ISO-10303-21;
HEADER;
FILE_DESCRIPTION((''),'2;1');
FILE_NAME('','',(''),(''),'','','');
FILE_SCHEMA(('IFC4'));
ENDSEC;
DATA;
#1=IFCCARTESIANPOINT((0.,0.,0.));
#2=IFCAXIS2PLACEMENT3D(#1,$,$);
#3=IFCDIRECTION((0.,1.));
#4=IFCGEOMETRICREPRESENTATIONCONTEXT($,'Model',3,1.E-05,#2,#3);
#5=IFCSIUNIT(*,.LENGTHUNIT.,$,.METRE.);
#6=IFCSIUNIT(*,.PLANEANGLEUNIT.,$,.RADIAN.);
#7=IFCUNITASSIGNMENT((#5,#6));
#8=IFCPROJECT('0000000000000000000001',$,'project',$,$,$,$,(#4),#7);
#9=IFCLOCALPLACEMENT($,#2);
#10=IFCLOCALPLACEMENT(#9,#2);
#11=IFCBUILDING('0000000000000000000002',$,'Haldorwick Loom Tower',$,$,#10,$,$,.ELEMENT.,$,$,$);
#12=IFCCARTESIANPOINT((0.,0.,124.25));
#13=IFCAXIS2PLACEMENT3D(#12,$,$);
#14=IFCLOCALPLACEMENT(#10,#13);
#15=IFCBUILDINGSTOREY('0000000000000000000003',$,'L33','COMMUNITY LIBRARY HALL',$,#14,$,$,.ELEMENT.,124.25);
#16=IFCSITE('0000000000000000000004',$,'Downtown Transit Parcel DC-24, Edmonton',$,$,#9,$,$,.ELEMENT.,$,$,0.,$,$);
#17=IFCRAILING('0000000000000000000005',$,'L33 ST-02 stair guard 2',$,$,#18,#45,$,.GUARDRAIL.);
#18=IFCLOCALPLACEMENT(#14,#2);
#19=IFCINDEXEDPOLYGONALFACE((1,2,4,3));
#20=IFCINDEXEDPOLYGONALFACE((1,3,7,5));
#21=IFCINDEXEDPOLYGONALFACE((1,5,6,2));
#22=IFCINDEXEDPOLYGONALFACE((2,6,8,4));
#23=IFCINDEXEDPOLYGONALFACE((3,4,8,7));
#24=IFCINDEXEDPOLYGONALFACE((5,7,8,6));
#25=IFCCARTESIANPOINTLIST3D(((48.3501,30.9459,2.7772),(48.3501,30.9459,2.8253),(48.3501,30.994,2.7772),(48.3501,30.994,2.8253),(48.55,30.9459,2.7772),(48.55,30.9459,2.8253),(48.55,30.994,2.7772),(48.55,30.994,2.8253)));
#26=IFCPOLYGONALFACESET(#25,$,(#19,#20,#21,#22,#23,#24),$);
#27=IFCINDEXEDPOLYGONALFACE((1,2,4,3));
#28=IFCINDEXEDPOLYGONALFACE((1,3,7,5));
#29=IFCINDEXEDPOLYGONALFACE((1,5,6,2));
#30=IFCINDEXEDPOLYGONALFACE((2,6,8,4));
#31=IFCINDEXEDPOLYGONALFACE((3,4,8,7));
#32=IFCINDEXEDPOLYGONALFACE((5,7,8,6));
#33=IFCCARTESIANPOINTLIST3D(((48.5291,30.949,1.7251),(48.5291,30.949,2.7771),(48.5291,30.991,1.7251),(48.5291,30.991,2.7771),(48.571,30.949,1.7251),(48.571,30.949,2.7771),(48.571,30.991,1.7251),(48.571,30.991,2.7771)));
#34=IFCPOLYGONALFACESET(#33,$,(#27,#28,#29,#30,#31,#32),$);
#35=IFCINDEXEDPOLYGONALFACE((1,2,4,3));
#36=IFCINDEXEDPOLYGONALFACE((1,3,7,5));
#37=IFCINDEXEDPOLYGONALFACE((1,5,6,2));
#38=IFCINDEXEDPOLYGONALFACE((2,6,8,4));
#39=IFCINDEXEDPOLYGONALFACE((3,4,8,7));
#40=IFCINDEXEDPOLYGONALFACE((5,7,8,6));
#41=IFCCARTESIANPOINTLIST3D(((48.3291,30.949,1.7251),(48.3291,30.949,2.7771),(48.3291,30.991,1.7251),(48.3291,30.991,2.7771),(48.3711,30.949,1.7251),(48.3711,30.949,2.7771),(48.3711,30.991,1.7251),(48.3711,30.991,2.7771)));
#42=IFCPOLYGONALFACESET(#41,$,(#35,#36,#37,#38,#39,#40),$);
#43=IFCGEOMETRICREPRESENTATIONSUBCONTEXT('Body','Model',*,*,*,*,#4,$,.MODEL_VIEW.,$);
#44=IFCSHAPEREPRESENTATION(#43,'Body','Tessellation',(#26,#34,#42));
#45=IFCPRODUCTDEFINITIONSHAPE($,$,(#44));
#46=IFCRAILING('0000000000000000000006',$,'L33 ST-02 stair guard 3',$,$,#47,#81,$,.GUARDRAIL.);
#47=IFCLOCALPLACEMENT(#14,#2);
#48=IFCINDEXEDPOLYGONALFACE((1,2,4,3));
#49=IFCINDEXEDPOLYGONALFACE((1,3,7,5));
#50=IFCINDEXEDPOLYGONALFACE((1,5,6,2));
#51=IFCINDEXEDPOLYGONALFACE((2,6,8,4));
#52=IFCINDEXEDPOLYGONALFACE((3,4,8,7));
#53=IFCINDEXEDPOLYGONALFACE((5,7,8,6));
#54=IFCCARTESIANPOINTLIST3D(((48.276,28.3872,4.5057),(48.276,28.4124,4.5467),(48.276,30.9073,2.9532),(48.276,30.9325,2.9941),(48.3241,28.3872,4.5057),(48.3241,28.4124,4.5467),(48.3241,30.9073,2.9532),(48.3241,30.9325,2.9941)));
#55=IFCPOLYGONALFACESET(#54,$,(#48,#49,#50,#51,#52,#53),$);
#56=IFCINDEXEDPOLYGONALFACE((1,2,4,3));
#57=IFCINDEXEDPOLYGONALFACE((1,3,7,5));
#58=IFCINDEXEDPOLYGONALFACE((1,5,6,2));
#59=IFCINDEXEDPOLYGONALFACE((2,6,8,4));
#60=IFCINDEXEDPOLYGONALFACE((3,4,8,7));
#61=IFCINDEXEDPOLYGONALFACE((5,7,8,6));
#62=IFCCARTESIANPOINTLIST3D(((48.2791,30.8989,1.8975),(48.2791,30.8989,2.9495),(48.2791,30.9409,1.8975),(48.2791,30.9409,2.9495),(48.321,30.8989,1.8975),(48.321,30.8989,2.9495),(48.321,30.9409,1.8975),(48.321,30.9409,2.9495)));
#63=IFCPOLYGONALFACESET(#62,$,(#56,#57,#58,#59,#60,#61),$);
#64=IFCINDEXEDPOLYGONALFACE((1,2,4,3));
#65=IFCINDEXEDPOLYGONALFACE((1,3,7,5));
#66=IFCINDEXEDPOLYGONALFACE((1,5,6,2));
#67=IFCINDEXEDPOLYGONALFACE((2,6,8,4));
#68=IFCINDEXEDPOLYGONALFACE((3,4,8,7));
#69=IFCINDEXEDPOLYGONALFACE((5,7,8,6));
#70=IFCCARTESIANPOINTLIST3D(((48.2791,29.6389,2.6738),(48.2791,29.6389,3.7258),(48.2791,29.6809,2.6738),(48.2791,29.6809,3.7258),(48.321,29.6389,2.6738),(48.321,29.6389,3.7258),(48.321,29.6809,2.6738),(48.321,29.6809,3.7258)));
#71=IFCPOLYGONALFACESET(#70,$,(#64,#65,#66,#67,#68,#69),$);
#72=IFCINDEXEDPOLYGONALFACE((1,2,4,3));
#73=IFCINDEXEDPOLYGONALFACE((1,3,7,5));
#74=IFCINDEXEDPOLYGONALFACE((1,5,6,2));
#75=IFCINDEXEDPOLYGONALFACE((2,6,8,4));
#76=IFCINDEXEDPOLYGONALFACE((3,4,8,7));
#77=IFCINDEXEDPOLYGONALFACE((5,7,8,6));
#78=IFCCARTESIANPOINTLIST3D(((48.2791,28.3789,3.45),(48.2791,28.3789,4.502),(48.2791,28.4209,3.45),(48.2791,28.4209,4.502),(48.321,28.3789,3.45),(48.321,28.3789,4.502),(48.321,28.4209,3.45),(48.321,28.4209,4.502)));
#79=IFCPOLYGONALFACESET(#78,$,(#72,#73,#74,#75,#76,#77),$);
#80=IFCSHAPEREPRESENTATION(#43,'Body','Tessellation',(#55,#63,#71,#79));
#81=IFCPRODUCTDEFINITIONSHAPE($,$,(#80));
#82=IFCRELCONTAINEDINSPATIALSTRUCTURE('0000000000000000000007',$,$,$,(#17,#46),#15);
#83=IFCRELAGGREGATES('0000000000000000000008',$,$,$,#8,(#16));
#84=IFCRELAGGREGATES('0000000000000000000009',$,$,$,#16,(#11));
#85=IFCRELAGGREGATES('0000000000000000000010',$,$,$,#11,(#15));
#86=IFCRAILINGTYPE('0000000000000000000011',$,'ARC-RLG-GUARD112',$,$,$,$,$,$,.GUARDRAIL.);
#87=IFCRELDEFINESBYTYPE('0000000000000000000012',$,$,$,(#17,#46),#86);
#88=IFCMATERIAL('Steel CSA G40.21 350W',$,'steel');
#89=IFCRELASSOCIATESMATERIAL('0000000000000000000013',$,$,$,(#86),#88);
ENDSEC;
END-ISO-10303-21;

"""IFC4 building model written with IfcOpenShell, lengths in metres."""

from ifc_helpers import new_model, si_unit, direction, frame, origin, origin_2d, place, context, subcontext, project, spatial, rectangle, extrude, material, type_object, element, save


model = new_model("IFC4")

# Units and contexts
model_context = context("Model", 3, precision=1e-05, world=origin(), true_north=direction((0.0, 1.0)))
body_context = subcontext(model_context, "Body", "Model", "MODEL_VIEW")
ifc_project = project(units=[si_unit("LENGTHUNIT", "METRE"), si_unit("PLANEANGLEUNIT", "RADIAN")], contexts=[model_context])

# Site, building, storey
site_placement = place(None, origin())
site = spatial("IfcSite", under=ifc_project, at=site_placement, Name="Downtown Transit Parcel DC-24, Edmonton", CompositionType="ELEMENT", RefElevation=0.0)
building_placement = place(site_placement, origin())
building = spatial("IfcBuilding", under=site, at=building_placement, Name="Haldorwick Loom Tower", CompositionType="ELEMENT")
storey_placement = place(building_placement, frame((0.0, 0.0, 124.25)))
storey = spatial("IfcBuildingStorey", under=building, at=storey_placement, Name="L33", Description="COMMUNITY LIBRARY HALL", CompositionType="ELEMENT", Elevation=124.25)

# Shared definitions
ifc_material_1 = material(Name="Steel CSA G40.21 350W", Category="steel")

# Railings
railing_type_1 = type_object("IfcRailingType", Name="ARC-RLG-GUARD112", PredefinedType="GUARDRAIL", material=ifc_material_1)
railing_1_placement = place(storey_placement, frame((48.55, 30.97, 1.7251)))
element("IfcRailing", 1, at=railing_1_placement, inside=storey, type_object=railing_type_1, Name="L33 ST-02 stair guard 2", PredefinedType="GUARDRAIL", context=body_context, shape_type="SweptSolid", body=[
    extrude(rectangle(XDim=0.0481, YDim=0.0481, at=origin_2d()), frame((0.0, 0.0, 1.0762), z_axis=(-1.0, 0.0, 0.0), x_axis=(0.0, -1.0, 0.0)), (0.0, 0.0, 1.0), 0.2),
    extrude(rectangle(XDim=0.042, YDim=0.042, at=origin_2d()), origin(), (0.0, 0.0, 1.0), 1.052),
    extrude(rectangle(XDim=0.042, YDim=0.042, at=origin_2d()), frame((-0.2, 0.0, 0.0)), (0.0, 0.0, 1.0), 1.052),
])
railing_2_placement = place(storey_placement, frame((48.3, 30.9199, 1.8975)))
element("IfcRailing", 2, at=railing_2_placement, inside=storey, type_object=railing_type_1, Name="L33 ST-02 stair guard 3", PredefinedType="GUARDRAIL", context=body_context, shape_type="SweptSolid", body=[
    extrude(rectangle(XDim=0.0481, YDim=0.0481, at=origin_2d()), frame((0.0, 0.0, 1.0762), z_axis=(0.0, -0.8514, 0.524516), x_axis=(1.0, 0.0, 0.0)), (0.0, 0.0, 1.0), 2.96),
    extrude(rectangle(XDim=0.042, YDim=0.042, at=origin_2d()), origin(), (0.0, 0.0, 1.0), 1.052),
    extrude(rectangle(XDim=0.042, YDim=0.042, at=origin_2d()), frame((0.0, -1.26, 0.7764)), (0.0, 0.0, 1.0), 1.052),
    extrude(rectangle(XDim=0.042, YDim=0.042, at=origin_2d()), frame((0.0, -2.52, 1.5525)), (0.0, 0.0, 1.0), 1.052),
])

save(model, "model.ifc")
